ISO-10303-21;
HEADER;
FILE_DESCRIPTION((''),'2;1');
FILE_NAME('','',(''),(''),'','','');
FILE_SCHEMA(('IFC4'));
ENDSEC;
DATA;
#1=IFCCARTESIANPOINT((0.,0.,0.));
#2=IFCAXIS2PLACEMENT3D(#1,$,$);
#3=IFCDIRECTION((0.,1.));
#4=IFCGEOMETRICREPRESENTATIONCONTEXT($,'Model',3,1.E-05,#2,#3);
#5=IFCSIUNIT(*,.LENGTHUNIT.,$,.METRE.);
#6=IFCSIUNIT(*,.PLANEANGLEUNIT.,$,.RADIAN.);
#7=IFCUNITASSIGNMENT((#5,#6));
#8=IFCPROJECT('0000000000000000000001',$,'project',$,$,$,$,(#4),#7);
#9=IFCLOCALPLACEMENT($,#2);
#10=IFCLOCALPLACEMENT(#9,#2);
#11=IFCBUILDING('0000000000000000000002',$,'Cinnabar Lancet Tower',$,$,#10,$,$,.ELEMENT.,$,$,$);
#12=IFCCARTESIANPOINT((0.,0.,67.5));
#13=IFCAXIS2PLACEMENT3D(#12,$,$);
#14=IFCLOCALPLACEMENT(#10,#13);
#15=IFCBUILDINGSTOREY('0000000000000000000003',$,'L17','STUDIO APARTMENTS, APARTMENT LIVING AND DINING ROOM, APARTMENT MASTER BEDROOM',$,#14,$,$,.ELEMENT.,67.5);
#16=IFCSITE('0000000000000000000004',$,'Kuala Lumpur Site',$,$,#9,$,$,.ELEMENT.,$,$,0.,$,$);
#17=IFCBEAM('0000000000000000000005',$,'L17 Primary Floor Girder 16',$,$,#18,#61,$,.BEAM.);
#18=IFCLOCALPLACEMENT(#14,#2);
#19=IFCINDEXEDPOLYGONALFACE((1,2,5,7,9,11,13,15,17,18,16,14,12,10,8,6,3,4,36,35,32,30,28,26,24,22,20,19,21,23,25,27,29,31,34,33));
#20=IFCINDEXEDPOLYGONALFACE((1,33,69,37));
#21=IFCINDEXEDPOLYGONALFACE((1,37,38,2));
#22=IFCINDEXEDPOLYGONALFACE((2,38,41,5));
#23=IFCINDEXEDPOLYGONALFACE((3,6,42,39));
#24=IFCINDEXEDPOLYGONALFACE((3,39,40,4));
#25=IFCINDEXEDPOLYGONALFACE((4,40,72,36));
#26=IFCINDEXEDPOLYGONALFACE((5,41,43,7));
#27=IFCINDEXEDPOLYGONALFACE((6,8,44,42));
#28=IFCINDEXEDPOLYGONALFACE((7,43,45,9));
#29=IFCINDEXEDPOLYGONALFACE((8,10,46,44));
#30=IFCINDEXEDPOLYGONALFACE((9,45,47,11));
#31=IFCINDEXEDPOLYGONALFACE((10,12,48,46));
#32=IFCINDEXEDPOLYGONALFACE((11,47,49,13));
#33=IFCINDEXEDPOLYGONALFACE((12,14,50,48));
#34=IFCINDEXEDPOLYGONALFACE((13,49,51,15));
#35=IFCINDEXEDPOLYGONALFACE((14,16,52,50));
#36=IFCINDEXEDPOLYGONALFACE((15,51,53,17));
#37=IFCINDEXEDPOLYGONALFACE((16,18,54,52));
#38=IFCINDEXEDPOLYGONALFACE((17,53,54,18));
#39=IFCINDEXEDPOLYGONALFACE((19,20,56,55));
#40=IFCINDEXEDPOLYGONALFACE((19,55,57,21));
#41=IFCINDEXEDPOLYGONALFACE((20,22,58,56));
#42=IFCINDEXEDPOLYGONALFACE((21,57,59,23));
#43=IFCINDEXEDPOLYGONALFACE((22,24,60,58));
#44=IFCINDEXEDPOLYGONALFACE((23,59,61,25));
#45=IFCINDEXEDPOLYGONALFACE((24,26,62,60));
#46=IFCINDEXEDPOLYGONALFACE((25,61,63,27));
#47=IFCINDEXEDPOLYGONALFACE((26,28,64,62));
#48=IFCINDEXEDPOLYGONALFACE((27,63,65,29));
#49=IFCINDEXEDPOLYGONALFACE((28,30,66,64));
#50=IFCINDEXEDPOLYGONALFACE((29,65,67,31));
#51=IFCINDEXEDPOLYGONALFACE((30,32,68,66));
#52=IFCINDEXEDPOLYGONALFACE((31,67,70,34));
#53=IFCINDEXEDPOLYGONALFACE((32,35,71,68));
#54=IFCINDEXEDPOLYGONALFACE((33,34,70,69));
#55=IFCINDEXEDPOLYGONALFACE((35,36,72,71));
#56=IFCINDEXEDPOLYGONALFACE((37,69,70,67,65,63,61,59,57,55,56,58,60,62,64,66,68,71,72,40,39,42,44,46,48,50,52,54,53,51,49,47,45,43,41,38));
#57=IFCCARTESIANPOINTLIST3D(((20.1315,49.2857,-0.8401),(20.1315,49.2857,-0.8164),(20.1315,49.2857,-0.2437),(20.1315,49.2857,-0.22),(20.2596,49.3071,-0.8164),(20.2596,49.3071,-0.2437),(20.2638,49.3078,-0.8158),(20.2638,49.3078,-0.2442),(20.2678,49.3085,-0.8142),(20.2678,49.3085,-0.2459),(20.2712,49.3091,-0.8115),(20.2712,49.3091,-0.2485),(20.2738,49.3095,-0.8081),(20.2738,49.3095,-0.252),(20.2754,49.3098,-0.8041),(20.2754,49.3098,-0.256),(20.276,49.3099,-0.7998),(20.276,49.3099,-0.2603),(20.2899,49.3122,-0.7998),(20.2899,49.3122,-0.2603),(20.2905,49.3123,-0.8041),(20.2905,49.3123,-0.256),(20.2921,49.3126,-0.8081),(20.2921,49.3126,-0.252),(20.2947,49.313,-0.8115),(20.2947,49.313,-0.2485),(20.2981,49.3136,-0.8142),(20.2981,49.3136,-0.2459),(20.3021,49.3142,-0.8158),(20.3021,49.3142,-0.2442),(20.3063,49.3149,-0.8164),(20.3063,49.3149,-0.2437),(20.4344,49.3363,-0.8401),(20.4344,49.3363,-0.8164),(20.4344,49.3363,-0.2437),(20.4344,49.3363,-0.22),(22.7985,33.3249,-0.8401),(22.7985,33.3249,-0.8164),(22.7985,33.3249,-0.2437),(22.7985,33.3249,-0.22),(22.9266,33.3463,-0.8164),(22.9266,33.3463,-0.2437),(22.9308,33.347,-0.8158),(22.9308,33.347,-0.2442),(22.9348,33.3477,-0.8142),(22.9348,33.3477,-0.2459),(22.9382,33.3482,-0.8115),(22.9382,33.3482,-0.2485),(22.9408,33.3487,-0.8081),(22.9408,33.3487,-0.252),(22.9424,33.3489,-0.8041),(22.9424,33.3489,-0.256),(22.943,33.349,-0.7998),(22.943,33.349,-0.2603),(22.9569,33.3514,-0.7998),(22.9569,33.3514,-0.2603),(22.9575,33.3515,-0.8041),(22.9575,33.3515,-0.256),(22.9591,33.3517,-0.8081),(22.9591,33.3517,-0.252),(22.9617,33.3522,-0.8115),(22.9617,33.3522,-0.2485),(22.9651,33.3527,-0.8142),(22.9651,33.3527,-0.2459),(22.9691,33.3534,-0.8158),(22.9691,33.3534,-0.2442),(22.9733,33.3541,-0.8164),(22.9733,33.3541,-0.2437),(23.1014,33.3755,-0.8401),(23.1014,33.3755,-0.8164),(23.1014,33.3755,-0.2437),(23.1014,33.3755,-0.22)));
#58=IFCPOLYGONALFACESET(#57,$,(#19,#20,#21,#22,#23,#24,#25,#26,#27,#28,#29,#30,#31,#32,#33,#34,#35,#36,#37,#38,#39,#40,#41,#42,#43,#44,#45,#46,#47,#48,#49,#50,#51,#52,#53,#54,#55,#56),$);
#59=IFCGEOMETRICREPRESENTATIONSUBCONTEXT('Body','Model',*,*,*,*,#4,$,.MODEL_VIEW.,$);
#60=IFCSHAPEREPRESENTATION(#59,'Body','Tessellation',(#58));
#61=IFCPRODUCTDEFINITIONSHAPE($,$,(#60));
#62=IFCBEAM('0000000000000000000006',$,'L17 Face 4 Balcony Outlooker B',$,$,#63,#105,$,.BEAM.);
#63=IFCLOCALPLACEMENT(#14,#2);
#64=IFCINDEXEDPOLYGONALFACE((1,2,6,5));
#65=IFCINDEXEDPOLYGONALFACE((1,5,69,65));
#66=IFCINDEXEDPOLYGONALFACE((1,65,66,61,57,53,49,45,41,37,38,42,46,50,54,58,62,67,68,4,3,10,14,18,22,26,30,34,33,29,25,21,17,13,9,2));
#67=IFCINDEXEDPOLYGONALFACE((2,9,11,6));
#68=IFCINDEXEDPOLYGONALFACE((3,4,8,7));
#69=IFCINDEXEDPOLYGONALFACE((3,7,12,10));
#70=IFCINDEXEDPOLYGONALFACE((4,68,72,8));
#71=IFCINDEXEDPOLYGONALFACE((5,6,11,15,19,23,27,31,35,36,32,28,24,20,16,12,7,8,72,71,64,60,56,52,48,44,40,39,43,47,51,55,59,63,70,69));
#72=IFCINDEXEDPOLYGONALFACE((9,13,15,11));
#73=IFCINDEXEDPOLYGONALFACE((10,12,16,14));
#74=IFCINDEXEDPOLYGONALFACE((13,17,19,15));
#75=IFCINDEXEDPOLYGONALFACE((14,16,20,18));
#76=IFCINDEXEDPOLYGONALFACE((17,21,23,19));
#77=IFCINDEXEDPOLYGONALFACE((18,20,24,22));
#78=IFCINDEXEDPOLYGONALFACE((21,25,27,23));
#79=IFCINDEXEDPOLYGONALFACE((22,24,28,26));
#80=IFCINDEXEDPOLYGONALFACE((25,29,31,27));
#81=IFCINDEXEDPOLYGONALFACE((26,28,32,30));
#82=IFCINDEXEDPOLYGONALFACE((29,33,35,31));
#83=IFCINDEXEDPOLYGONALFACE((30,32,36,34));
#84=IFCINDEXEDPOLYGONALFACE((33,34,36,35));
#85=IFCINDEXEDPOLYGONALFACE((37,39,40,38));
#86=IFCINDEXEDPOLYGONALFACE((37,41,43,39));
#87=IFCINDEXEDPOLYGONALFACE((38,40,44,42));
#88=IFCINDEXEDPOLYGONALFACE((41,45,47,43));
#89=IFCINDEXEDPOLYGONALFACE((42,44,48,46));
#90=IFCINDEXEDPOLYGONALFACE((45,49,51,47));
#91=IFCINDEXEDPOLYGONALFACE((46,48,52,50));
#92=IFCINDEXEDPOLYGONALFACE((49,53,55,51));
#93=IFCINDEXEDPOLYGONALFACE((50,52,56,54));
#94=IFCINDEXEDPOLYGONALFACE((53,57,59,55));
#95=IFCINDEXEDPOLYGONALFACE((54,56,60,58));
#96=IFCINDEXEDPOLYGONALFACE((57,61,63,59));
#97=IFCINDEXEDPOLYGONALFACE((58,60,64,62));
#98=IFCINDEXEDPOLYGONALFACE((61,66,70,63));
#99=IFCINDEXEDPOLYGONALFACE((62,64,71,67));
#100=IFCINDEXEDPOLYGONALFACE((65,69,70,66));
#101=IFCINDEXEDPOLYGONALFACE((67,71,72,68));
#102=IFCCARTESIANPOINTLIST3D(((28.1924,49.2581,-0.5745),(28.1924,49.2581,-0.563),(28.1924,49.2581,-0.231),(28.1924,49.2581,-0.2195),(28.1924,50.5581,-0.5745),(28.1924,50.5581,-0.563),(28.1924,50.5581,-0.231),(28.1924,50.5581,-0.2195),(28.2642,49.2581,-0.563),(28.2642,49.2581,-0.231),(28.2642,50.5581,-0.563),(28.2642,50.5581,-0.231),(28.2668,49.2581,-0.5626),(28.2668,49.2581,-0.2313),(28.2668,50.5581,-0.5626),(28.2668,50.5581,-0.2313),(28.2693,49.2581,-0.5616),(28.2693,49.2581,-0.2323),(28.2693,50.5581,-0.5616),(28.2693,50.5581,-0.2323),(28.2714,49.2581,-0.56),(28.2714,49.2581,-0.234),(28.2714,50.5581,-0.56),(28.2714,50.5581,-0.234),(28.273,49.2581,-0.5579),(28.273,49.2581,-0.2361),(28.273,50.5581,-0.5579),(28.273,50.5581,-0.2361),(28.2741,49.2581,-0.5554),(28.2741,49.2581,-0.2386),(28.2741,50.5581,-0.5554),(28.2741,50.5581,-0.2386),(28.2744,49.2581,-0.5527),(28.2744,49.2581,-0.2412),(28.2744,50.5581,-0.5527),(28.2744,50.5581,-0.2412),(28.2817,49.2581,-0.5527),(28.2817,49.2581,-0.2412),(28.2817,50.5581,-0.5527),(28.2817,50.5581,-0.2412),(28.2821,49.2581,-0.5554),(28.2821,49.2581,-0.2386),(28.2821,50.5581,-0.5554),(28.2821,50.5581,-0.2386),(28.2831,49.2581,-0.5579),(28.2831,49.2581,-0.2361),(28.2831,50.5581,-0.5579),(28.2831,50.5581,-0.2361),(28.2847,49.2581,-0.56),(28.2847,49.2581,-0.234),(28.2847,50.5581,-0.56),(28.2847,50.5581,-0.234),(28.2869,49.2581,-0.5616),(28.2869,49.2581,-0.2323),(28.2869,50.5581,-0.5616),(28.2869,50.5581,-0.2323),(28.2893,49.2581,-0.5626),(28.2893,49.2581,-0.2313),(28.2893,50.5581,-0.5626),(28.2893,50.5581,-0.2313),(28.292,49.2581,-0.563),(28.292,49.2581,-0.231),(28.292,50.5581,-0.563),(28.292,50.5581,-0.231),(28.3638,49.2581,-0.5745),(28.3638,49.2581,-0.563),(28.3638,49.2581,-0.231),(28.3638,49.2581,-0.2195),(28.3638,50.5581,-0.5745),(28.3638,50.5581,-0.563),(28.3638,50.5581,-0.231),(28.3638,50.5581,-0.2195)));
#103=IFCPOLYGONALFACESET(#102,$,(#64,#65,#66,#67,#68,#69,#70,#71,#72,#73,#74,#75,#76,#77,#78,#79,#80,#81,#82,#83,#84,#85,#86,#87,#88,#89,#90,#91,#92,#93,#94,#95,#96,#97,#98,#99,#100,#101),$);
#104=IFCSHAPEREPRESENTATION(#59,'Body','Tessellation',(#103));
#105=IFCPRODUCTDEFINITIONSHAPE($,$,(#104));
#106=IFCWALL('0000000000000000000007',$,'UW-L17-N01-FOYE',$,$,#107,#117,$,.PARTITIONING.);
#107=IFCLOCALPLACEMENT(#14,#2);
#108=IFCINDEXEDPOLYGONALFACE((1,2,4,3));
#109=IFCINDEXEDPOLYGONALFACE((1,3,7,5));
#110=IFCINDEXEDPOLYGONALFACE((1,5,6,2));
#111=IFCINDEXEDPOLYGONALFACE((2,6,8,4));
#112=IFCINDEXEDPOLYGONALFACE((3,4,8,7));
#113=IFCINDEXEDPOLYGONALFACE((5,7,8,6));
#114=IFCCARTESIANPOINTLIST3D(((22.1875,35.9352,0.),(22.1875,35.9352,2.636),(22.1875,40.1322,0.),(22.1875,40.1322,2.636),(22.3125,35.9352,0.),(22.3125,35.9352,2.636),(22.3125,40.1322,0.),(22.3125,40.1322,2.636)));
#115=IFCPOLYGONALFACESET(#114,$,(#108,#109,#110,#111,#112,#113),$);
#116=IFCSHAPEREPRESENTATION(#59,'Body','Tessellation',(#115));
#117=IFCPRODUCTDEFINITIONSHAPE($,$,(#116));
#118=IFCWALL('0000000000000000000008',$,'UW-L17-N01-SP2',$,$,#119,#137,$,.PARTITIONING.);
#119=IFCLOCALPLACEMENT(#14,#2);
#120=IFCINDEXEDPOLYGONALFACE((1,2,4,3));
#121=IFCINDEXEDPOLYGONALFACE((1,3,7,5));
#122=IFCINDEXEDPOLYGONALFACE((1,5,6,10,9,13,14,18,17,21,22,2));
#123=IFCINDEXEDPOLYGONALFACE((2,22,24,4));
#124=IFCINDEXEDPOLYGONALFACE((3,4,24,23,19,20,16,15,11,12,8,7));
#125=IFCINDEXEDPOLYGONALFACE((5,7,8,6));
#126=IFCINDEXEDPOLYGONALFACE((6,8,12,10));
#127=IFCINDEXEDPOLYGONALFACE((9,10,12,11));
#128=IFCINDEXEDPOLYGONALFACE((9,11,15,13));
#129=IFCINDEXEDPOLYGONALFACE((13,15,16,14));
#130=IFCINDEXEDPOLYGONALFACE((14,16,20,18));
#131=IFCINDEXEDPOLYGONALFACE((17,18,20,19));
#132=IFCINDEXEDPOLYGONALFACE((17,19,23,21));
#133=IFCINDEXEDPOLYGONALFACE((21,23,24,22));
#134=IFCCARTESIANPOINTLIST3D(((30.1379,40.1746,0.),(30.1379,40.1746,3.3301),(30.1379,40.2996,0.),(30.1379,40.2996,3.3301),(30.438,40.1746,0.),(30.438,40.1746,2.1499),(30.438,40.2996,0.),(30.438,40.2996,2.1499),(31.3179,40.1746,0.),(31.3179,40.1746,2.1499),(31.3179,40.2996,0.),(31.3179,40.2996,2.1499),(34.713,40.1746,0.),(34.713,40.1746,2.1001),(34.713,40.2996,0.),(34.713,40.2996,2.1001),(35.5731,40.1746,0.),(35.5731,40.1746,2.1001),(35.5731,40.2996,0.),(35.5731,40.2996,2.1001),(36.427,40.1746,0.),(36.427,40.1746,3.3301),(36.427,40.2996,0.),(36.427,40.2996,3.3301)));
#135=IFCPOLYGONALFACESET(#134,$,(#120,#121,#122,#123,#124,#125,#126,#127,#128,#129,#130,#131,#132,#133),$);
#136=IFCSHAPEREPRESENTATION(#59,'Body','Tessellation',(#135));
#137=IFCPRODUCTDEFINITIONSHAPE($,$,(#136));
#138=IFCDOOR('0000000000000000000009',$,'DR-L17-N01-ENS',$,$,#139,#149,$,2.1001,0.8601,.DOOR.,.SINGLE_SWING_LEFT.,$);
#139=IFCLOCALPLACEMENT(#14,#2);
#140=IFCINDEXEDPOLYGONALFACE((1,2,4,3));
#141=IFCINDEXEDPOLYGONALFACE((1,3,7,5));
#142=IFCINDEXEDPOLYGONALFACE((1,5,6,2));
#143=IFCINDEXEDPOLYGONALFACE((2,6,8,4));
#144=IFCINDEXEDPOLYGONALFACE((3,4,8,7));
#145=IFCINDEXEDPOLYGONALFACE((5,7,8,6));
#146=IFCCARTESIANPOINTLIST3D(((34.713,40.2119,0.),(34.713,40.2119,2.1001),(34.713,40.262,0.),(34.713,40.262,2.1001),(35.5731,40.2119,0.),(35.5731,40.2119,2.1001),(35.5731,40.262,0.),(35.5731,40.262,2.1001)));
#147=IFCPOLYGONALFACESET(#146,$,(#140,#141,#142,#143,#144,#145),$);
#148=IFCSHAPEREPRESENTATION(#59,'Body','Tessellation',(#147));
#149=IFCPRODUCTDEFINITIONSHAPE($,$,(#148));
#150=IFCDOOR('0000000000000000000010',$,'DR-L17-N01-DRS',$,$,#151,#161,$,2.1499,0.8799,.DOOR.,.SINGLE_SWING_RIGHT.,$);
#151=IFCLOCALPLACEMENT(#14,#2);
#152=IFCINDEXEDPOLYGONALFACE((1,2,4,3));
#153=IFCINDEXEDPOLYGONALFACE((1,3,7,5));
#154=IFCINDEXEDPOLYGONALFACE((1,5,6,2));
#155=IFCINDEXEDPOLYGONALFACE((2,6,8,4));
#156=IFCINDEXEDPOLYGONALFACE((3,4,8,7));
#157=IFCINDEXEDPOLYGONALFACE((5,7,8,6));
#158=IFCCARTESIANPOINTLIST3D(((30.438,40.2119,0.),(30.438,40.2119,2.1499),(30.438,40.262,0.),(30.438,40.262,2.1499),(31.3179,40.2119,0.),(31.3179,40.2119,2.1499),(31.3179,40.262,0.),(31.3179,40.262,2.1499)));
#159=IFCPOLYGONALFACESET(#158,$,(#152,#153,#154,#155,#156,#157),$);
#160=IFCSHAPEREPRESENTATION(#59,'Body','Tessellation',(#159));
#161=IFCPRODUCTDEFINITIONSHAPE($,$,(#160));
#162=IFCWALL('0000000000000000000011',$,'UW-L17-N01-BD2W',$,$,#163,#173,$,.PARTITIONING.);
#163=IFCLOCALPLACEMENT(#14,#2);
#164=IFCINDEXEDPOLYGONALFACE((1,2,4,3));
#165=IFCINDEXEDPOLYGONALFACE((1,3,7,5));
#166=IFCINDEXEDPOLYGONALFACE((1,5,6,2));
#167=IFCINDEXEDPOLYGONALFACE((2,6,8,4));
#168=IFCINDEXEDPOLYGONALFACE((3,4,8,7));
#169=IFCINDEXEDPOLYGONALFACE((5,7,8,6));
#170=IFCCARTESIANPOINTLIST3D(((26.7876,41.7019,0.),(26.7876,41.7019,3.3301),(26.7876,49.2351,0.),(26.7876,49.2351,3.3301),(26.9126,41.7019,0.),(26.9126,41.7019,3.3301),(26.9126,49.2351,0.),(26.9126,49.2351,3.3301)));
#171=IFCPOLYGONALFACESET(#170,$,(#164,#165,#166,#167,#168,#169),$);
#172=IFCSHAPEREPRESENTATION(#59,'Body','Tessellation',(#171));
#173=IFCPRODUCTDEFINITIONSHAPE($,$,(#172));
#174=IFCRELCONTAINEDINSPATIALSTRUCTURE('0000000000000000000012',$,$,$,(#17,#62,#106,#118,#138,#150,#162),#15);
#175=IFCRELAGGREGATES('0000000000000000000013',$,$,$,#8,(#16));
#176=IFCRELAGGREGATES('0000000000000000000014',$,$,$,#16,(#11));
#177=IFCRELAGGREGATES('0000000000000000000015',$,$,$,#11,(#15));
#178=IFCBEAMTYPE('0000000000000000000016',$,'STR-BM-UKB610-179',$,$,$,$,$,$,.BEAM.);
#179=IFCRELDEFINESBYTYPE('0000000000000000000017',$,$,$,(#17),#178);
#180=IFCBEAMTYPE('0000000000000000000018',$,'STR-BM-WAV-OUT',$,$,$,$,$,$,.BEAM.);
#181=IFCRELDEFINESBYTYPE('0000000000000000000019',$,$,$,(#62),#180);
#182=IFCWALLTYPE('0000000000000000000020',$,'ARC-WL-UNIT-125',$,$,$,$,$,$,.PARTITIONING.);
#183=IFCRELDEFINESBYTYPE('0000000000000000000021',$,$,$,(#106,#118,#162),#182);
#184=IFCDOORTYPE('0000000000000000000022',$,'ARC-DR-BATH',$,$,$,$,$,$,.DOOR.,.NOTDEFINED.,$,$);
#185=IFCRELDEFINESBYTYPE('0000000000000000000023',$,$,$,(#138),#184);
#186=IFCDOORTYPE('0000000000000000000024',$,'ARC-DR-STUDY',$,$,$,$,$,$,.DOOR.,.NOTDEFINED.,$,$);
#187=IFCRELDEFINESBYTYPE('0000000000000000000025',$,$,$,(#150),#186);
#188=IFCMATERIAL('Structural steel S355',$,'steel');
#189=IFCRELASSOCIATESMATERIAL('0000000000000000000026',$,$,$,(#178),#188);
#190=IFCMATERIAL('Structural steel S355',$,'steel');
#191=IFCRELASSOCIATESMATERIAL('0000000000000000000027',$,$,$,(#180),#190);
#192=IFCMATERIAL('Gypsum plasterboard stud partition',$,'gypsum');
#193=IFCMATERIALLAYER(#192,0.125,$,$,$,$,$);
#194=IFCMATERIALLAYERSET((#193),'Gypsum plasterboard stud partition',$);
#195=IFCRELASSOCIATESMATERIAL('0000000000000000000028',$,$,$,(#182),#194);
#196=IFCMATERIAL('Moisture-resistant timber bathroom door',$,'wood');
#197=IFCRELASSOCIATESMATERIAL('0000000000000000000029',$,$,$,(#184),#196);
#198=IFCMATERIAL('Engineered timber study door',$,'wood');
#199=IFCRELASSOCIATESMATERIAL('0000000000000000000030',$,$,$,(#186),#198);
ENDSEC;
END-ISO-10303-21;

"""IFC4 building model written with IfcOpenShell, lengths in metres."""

from ifc_helpers import new_model, si_unit, direction, frame, frame_2d, origin, origin_2d, place, context, subcontext, project, spatial, rectangle, i_section, extrude, material, layer, layer_set, material_profile, profile_set, type_object, element, fill, save


model = new_model("IFC4")

# Units and contexts
model_context = context("Model", 3, precision=1e-05, world=origin(), true_north=direction((0.0, 1.0)))
body_context = subcontext(model_context, "Body", "Model", "MODEL_VIEW")
ifc_project = project(units=[si_unit("LENGTHUNIT", "METRE"), si_unit("PLANEANGLEUNIT", "RADIAN")], contexts=[model_context])

# Site, building, storey
site_placement = place(None, origin())
site = spatial("IfcSite", under=ifc_project, at=site_placement, Name="Kuala Lumpur Site", CompositionType="ELEMENT", RefElevation=0.0)
building_placement = place(site_placement, origin())
building = spatial("IfcBuilding", under=site, at=building_placement, Name="Cinnabar Lancet Tower", CompositionType="ELEMENT")
storey_placement = place(building_placement, frame((0.0, 0.0, 67.5)))
storey = spatial("IfcBuildingStorey", under=building, at=storey_placement, Name="L17", Description="STUDIO APARTMENTS, APARTMENT LIVING AND DINING ROOM, APARTMENT MASTER BEDROOM", CompositionType="ELEMENT", Elevation=67.5)

# Beams
ifc_material_1 = material(Name="Structural steel S355", Category="steel")
ifc_material_profile_1 = material_profile(ifc_material_1, i_section(OverallWidth=0.3071, OverallDepth=0.6201, WebThickness=0.0142, FlangeThickness=0.0237, FilletRadius=0.0166, at=origin_2d()), Name="UKB 610x305x179")
ifc_profile_set_1 = profile_set([ifc_material_profile_1], Name="Structural steel S355")
beam_type_1 = type_object("IfcBeamType", Name="STR-BM-UKB610-179", PredefinedType="BEAM", material=ifc_profile_set_1)
beam_1_placement = place(storey_placement, frame((20.283, 49.311, -0.53), z_axis=(0.16481, -0.986325, 0.0), x_axis=(0.986325, 0.16481, 0.0)))
element("IfcBeam", 1, at=beam_1_placement, inside=storey, type_object=beam_type_1, Name="L17 Primary Floor Girder 16", PredefinedType="BEAM", context=body_context, shape_type="SweptSolid", body=[
    extrude(i_section(OverallWidth=0.3071, OverallDepth=0.6201, WebThickness=0.0142, FlangeThickness=0.0237, FilletRadius=0.0166, at=origin_2d()), origin(), (0.0, 0.0, 1.0), 16.1821),
])
ifc_material_2 = material(Name="Structural steel S355", Category="steel")
ifc_material_profile_2 = material_profile(ifc_material_2, i_section(OverallWidth=0.1714, OverallDepth=0.355, WebThickness=0.0073, FlangeThickness=0.0115, FilletRadius=0.0103, at=origin_2d()), Name="UKB 356x171x51")
ifc_profile_set_2 = profile_set([ifc_material_profile_2], Name="Structural steel S355")
beam_type_2 = type_object("IfcBeamType", Name="STR-BM-WAV-OUT", PredefinedType="BEAM", material=ifc_profile_set_2)
beam_2_placement = place(storey_placement, frame((28.2781, 49.2581, -0.397), z_axis=(0.0, 1.0, 0.0), x_axis=(-1.0, 0.0, 0.0)))
element("IfcBeam", 2, at=beam_2_placement, inside=storey, type_object=beam_type_2, Name="L17 Face 4 Balcony Outlooker B", PredefinedType="BEAM", context=body_context, shape_type="SweptSolid", body=[
    extrude(i_section(OverallWidth=0.1714, OverallDepth=0.355, WebThickness=0.0073, FlangeThickness=0.0115, FilletRadius=0.0103, at=origin_2d()), origin(), (0.0, 0.0, 1.0), 1.3),
])

# Wall
ifc_material_3 = material(Name="Gypsum plasterboard stud partition", Category="gypsum")
ifc_layer_1 = layer(ifc_material_3, 0.125)
ifc_layer_set_1 = layer_set([ifc_layer_1], Name="Gypsum plasterboard stud partition")
wall_type_1 = type_object("IfcWallType", Name="ARC-WL-UNIT-125", PredefinedType="PARTITIONING", material=ifc_layer_set_1)
wall_1_placement = place(storey_placement, frame((22.25, 35.9351, 0.0), z_axis=(0.0, 0.0, 1.0), x_axis=(0.0, 1.0, 0.0)))
element("IfcWall", 3, at=wall_1_placement, inside=storey, type_object=wall_type_1, Name="UW-L17-N01-FOYE", PredefinedType="PARTITIONING", context=body_context, shape_type="SweptSolid", body=[
    extrude(rectangle(XDim=4.197, YDim=0.125, at=frame_2d((2.0986, 0.0))), origin(), (0.0, 0.0, 1.0), 2.636),
])

# Wall, openings, doors
wall_2_placement = place(storey_placement, frame((30.1379, 40.2371, 0.0), z_axis=(0.0, 0.0, 1.0), x_axis=(1.0, 0.0, 0.0)))
wall_2 = element("IfcWall", 4, at=wall_2_placement, inside=storey, type_object=wall_type_1, Name="UW-L17-N01-SP2", PredefinedType="PARTITIONING", context=body_context, shape_type="SweptSolid", body=[
    extrude(rectangle(XDim=6.2891, YDim=0.125, at=frame_2d((3.1445, 0.0))), origin(), (0.0, 0.0, 1.0), 3.3301),
])
opening_1_placement = place(wall_2_placement, frame((4.575, 0.0, 0.0)))
opening_1 = element("IfcOpeningElement", 5, at=opening_1_placement, cuts=wall_2, PredefinedType="OPENING", context=body_context, shape_type="SweptSolid", body=[
    extrude(rectangle(XDim=0.8601, YDim=2.1001, at=frame_2d((0.4302, 1.05))), frame((0.0, 0.0725, 0.0), z_axis=(0.0, -1.0, 0.0), x_axis=(1.0, 0.0, 0.0)), (0.0, 0.0, 1.0), 0.145),
])
opening_2_placement = place(wall_2_placement, frame((0.3, 0.0, 0.0)))
opening_2 = element("IfcOpeningElement", 6, at=opening_2_placement, cuts=wall_2, PredefinedType="OPENING", context=body_context, shape_type="SweptSolid", body=[
    extrude(rectangle(XDim=0.8799, YDim=2.1499, at=frame_2d((0.4399, 1.075))), frame((0.0, 0.0725, 0.0), z_axis=(0.0, -1.0, 0.0), x_axis=(1.0, 0.0, 0.0)), (0.0, 0.0, 1.0), 0.145),
])
ifc_material_4 = material(Name="Moisture-resistant timber bathroom door", Category="wood")
door_type_1 = type_object("IfcDoorType", Name="ARC-DR-BATH", OperationType="NOTDEFINED", PredefinedType="DOOR", material=ifc_material_4)
door_1_placement = place(opening_1_placement, origin())
door_1 = element("IfcDoor", 7, at=door_1_placement, inside=storey, type_object=door_type_1, Name="DR-L17-N01-ENS", OperationType="SINGLE_SWING_LEFT", OverallHeight=2.1001, OverallWidth=0.8601, PredefinedType="DOOR", context=body_context, shape_type="SweptSolid", body=[
    extrude(rectangle(XDim=0.8601, YDim=2.1001, at=frame_2d((0.4302, 1.05))), frame((0.0, 0.0249, 0.0), z_axis=(0.0, -1.0, 0.0), x_axis=(1.0, 0.0, 0.0)), (0.0, 0.0, 1.0), 0.05),
])
fill(opening_1, door_1)
ifc_material_5 = material(Name="Engineered timber study door", Category="wood")
door_type_2 = type_object("IfcDoorType", Name="ARC-DR-STUDY", OperationType="NOTDEFINED", PredefinedType="DOOR", material=ifc_material_5)
door_2_placement = place(opening_2_placement, origin())
door_2 = element("IfcDoor", 8, at=door_2_placement, inside=storey, type_object=door_type_2, Name="DR-L17-N01-DRS", OperationType="SINGLE_SWING_RIGHT", OverallHeight=2.1499, OverallWidth=0.8799, PredefinedType="DOOR", context=body_context, shape_type="SweptSolid", body=[
    extrude(rectangle(XDim=0.8799, YDim=2.1499, at=frame_2d((0.4399, 1.075))), frame((0.0, 0.0249, 0.0), z_axis=(0.0, -1.0, 0.0), x_axis=(1.0, 0.0, 0.0)), (0.0, 0.0, 1.0), 0.05),
])
fill(opening_2, door_2)

# Wall
wall_3_placement = place(storey_placement, frame((26.8501, 41.7019, 0.0), z_axis=(0.0, 0.0, 1.0), x_axis=(0.0, 1.0, 0.0)))
element("IfcWall", 9, at=wall_3_placement, inside=storey, type_object=wall_type_1, Name="UW-L17-N01-BD2W", PredefinedType="PARTITIONING", context=body_context, shape_type="SweptSolid", body=[
    extrude(rectangle(XDim=7.5332, YDim=0.125, at=frame_2d((3.7666, 0.0))), origin(), (0.0, 0.0, 1.0), 3.3301),
])

save(model, "model.ifc")
